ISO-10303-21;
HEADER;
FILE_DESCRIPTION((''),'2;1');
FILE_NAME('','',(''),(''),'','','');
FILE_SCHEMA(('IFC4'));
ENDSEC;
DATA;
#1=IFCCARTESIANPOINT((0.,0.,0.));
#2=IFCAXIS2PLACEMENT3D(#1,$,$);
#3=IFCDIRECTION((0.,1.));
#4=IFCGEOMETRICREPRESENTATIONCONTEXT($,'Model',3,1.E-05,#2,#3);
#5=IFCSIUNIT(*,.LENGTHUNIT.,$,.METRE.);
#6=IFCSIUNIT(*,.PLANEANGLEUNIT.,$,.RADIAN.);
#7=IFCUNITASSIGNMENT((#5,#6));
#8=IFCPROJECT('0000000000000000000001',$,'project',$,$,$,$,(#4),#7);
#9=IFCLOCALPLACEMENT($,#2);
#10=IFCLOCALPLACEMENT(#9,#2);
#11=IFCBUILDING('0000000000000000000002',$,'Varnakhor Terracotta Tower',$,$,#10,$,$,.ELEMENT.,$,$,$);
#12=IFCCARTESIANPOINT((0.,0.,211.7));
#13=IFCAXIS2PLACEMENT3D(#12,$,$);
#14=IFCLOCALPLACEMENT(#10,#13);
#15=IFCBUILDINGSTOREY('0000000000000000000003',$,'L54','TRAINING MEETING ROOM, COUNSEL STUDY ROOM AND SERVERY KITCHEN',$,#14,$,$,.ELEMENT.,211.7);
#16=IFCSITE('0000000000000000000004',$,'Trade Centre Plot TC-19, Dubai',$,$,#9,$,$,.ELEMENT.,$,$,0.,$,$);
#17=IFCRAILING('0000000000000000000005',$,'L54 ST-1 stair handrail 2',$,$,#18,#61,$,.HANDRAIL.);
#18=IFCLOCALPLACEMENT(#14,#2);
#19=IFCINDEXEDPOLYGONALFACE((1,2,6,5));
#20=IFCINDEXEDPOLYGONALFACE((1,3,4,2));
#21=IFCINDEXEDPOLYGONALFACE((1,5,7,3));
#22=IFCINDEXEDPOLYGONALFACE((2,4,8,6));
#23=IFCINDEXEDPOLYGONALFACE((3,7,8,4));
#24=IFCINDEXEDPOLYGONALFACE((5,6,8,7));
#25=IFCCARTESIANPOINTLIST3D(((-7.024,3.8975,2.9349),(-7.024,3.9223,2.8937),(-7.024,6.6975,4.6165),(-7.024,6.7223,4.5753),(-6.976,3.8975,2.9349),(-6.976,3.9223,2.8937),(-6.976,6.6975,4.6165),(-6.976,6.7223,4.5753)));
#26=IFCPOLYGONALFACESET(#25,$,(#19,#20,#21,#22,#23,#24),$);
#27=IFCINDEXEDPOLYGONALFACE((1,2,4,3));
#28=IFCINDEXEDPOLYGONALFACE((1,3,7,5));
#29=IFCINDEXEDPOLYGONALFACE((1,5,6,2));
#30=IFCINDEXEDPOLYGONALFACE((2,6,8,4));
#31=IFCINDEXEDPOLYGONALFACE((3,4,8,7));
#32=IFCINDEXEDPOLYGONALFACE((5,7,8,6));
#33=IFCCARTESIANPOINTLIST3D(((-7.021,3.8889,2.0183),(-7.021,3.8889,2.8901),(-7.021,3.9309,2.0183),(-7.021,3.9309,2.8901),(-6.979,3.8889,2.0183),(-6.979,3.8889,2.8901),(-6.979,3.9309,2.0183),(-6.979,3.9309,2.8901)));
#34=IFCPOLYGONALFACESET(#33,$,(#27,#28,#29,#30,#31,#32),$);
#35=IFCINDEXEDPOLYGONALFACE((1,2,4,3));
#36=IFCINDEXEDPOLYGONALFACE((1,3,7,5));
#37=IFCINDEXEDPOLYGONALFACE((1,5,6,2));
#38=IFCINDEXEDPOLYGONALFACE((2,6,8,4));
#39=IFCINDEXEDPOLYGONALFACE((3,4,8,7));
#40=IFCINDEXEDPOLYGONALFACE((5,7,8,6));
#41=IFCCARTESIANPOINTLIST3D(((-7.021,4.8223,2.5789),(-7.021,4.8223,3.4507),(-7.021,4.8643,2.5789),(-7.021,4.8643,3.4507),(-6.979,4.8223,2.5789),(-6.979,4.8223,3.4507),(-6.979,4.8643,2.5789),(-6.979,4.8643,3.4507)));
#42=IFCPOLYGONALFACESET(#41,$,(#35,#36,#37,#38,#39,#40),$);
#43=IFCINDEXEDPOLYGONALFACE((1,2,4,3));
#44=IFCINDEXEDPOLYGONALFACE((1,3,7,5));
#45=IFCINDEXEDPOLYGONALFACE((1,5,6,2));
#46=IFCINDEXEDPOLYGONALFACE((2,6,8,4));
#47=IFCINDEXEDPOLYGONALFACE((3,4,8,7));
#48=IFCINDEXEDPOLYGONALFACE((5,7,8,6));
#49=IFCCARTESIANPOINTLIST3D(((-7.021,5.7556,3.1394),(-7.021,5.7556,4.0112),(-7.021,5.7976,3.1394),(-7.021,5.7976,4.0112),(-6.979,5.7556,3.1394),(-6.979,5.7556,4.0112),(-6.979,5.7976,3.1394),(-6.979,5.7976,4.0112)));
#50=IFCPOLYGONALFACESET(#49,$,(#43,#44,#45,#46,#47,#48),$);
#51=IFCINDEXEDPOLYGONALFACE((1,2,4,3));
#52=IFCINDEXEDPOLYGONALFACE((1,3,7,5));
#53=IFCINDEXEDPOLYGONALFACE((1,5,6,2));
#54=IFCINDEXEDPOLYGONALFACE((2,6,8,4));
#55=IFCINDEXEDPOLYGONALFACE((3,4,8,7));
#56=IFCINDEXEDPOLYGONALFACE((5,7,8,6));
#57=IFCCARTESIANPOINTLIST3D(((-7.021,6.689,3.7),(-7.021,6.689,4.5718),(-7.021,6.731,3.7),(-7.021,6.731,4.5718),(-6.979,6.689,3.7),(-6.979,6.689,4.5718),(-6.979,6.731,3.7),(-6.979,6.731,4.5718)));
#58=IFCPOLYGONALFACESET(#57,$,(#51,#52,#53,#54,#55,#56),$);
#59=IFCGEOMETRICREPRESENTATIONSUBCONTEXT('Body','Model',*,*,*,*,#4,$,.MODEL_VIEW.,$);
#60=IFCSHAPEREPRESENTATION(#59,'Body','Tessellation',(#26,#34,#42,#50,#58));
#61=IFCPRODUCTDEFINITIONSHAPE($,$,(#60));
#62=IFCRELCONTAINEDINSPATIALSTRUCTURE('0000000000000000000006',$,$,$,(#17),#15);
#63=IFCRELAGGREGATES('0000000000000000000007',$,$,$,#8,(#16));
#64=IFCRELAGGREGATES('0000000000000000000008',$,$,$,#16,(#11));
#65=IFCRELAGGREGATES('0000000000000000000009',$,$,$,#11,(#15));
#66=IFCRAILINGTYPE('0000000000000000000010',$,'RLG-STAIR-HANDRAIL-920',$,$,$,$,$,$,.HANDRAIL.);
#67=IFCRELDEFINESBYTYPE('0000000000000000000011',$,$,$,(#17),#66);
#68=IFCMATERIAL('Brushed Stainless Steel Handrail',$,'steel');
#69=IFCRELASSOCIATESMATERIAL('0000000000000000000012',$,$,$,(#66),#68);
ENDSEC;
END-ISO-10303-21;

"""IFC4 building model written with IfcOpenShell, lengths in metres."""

from ifc_helpers import new_model, si_unit, direction, frame, origin, origin_2d, place, context, subcontext, project, spatial, rectangle, extrude, material, type_object, element, save


model = new_model("IFC4")

# Units and contexts
model_context = context("Model", 3, precision=1e-05, world=origin(), true_north=direction((0.0, 1.0)))
body_context = subcontext(model_context, "Body", "Model", "MODEL_VIEW")
ifc_project = project(units=[si_unit("LENGTHUNIT", "METRE"), si_unit("PLANEANGLEUNIT", "RADIAN")], contexts=[model_context])

# Site, building, storey
site_placement = place(None, origin())
site = spatial("IfcSite", under=ifc_project, at=site_placement, Name="Trade Centre Plot TC-19, Dubai", CompositionType="ELEMENT", RefElevation=0.0)
building_placement = place(site_placement, origin())
building = spatial("IfcBuilding", under=site, at=building_placement, Name="Varnakhor Terracotta Tower", CompositionType="ELEMENT")
storey_placement = place(building_placement, frame((0.0, 0.0, 211.7)))
storey = spatial("IfcBuildingStorey", under=building, at=storey_placement, Name="L54", Description="TRAINING MEETING ROOM, COUNSEL STUDY ROOM AND SERVERY KITCHEN", CompositionType="ELEMENT", Elevation=211.7)

# Railing
ifc_material_1 = material(Name="Brushed Stainless Steel Handrail", Category="steel")
railing_type_1 = type_object("IfcRailingType", Name="RLG-STAIR-HANDRAIL-920", PredefinedType="HANDRAIL", material=ifc_material_1)
railing_1_placement = place(storey_placement, frame((-7.0, 3.9099, 2.0183)))
element("IfcRailing", 1, at=railing_1_placement, inside=storey, type_object=railing_type_1, Name="L54 ST-1 stair handrail 2", PredefinedType="HANDRAIL", context=body_context, shape_type="SweptSolid", body=[
    extrude(rectangle(XDim=0.0481, YDim=0.0481, at=origin_2d()), frame((0.0, 0.0, 0.896), z_axis=(0.0, 0.857275, 0.514858), x_axis=(-1.0, 0.0, 0.0)), (0.0, 0.0, 1.0), 3.2661),
    extrude(rectangle(XDim=0.042, YDim=0.042, at=origin_2d()), origin(), (0.0, 0.0, 1.0), 0.8718),
    extrude(rectangle(XDim=0.042, YDim=0.042, at=origin_2d()), frame((0.0, 0.9333, 0.5605)), (0.0, 0.0, 1.0), 0.8718),
    extrude(rectangle(XDim=0.042, YDim=0.042, at=origin_2d()), frame((0.0, 1.8667, 1.1211)), (0.0, 0.0, 1.0), 0.8718),
    extrude(rectangle(XDim=0.042, YDim=0.042, at=origin_2d()), frame((0.0, 2.8, 1.6816)), (0.0, 0.0, 1.0), 0.8718),
])

save(model, "model.ifc")
